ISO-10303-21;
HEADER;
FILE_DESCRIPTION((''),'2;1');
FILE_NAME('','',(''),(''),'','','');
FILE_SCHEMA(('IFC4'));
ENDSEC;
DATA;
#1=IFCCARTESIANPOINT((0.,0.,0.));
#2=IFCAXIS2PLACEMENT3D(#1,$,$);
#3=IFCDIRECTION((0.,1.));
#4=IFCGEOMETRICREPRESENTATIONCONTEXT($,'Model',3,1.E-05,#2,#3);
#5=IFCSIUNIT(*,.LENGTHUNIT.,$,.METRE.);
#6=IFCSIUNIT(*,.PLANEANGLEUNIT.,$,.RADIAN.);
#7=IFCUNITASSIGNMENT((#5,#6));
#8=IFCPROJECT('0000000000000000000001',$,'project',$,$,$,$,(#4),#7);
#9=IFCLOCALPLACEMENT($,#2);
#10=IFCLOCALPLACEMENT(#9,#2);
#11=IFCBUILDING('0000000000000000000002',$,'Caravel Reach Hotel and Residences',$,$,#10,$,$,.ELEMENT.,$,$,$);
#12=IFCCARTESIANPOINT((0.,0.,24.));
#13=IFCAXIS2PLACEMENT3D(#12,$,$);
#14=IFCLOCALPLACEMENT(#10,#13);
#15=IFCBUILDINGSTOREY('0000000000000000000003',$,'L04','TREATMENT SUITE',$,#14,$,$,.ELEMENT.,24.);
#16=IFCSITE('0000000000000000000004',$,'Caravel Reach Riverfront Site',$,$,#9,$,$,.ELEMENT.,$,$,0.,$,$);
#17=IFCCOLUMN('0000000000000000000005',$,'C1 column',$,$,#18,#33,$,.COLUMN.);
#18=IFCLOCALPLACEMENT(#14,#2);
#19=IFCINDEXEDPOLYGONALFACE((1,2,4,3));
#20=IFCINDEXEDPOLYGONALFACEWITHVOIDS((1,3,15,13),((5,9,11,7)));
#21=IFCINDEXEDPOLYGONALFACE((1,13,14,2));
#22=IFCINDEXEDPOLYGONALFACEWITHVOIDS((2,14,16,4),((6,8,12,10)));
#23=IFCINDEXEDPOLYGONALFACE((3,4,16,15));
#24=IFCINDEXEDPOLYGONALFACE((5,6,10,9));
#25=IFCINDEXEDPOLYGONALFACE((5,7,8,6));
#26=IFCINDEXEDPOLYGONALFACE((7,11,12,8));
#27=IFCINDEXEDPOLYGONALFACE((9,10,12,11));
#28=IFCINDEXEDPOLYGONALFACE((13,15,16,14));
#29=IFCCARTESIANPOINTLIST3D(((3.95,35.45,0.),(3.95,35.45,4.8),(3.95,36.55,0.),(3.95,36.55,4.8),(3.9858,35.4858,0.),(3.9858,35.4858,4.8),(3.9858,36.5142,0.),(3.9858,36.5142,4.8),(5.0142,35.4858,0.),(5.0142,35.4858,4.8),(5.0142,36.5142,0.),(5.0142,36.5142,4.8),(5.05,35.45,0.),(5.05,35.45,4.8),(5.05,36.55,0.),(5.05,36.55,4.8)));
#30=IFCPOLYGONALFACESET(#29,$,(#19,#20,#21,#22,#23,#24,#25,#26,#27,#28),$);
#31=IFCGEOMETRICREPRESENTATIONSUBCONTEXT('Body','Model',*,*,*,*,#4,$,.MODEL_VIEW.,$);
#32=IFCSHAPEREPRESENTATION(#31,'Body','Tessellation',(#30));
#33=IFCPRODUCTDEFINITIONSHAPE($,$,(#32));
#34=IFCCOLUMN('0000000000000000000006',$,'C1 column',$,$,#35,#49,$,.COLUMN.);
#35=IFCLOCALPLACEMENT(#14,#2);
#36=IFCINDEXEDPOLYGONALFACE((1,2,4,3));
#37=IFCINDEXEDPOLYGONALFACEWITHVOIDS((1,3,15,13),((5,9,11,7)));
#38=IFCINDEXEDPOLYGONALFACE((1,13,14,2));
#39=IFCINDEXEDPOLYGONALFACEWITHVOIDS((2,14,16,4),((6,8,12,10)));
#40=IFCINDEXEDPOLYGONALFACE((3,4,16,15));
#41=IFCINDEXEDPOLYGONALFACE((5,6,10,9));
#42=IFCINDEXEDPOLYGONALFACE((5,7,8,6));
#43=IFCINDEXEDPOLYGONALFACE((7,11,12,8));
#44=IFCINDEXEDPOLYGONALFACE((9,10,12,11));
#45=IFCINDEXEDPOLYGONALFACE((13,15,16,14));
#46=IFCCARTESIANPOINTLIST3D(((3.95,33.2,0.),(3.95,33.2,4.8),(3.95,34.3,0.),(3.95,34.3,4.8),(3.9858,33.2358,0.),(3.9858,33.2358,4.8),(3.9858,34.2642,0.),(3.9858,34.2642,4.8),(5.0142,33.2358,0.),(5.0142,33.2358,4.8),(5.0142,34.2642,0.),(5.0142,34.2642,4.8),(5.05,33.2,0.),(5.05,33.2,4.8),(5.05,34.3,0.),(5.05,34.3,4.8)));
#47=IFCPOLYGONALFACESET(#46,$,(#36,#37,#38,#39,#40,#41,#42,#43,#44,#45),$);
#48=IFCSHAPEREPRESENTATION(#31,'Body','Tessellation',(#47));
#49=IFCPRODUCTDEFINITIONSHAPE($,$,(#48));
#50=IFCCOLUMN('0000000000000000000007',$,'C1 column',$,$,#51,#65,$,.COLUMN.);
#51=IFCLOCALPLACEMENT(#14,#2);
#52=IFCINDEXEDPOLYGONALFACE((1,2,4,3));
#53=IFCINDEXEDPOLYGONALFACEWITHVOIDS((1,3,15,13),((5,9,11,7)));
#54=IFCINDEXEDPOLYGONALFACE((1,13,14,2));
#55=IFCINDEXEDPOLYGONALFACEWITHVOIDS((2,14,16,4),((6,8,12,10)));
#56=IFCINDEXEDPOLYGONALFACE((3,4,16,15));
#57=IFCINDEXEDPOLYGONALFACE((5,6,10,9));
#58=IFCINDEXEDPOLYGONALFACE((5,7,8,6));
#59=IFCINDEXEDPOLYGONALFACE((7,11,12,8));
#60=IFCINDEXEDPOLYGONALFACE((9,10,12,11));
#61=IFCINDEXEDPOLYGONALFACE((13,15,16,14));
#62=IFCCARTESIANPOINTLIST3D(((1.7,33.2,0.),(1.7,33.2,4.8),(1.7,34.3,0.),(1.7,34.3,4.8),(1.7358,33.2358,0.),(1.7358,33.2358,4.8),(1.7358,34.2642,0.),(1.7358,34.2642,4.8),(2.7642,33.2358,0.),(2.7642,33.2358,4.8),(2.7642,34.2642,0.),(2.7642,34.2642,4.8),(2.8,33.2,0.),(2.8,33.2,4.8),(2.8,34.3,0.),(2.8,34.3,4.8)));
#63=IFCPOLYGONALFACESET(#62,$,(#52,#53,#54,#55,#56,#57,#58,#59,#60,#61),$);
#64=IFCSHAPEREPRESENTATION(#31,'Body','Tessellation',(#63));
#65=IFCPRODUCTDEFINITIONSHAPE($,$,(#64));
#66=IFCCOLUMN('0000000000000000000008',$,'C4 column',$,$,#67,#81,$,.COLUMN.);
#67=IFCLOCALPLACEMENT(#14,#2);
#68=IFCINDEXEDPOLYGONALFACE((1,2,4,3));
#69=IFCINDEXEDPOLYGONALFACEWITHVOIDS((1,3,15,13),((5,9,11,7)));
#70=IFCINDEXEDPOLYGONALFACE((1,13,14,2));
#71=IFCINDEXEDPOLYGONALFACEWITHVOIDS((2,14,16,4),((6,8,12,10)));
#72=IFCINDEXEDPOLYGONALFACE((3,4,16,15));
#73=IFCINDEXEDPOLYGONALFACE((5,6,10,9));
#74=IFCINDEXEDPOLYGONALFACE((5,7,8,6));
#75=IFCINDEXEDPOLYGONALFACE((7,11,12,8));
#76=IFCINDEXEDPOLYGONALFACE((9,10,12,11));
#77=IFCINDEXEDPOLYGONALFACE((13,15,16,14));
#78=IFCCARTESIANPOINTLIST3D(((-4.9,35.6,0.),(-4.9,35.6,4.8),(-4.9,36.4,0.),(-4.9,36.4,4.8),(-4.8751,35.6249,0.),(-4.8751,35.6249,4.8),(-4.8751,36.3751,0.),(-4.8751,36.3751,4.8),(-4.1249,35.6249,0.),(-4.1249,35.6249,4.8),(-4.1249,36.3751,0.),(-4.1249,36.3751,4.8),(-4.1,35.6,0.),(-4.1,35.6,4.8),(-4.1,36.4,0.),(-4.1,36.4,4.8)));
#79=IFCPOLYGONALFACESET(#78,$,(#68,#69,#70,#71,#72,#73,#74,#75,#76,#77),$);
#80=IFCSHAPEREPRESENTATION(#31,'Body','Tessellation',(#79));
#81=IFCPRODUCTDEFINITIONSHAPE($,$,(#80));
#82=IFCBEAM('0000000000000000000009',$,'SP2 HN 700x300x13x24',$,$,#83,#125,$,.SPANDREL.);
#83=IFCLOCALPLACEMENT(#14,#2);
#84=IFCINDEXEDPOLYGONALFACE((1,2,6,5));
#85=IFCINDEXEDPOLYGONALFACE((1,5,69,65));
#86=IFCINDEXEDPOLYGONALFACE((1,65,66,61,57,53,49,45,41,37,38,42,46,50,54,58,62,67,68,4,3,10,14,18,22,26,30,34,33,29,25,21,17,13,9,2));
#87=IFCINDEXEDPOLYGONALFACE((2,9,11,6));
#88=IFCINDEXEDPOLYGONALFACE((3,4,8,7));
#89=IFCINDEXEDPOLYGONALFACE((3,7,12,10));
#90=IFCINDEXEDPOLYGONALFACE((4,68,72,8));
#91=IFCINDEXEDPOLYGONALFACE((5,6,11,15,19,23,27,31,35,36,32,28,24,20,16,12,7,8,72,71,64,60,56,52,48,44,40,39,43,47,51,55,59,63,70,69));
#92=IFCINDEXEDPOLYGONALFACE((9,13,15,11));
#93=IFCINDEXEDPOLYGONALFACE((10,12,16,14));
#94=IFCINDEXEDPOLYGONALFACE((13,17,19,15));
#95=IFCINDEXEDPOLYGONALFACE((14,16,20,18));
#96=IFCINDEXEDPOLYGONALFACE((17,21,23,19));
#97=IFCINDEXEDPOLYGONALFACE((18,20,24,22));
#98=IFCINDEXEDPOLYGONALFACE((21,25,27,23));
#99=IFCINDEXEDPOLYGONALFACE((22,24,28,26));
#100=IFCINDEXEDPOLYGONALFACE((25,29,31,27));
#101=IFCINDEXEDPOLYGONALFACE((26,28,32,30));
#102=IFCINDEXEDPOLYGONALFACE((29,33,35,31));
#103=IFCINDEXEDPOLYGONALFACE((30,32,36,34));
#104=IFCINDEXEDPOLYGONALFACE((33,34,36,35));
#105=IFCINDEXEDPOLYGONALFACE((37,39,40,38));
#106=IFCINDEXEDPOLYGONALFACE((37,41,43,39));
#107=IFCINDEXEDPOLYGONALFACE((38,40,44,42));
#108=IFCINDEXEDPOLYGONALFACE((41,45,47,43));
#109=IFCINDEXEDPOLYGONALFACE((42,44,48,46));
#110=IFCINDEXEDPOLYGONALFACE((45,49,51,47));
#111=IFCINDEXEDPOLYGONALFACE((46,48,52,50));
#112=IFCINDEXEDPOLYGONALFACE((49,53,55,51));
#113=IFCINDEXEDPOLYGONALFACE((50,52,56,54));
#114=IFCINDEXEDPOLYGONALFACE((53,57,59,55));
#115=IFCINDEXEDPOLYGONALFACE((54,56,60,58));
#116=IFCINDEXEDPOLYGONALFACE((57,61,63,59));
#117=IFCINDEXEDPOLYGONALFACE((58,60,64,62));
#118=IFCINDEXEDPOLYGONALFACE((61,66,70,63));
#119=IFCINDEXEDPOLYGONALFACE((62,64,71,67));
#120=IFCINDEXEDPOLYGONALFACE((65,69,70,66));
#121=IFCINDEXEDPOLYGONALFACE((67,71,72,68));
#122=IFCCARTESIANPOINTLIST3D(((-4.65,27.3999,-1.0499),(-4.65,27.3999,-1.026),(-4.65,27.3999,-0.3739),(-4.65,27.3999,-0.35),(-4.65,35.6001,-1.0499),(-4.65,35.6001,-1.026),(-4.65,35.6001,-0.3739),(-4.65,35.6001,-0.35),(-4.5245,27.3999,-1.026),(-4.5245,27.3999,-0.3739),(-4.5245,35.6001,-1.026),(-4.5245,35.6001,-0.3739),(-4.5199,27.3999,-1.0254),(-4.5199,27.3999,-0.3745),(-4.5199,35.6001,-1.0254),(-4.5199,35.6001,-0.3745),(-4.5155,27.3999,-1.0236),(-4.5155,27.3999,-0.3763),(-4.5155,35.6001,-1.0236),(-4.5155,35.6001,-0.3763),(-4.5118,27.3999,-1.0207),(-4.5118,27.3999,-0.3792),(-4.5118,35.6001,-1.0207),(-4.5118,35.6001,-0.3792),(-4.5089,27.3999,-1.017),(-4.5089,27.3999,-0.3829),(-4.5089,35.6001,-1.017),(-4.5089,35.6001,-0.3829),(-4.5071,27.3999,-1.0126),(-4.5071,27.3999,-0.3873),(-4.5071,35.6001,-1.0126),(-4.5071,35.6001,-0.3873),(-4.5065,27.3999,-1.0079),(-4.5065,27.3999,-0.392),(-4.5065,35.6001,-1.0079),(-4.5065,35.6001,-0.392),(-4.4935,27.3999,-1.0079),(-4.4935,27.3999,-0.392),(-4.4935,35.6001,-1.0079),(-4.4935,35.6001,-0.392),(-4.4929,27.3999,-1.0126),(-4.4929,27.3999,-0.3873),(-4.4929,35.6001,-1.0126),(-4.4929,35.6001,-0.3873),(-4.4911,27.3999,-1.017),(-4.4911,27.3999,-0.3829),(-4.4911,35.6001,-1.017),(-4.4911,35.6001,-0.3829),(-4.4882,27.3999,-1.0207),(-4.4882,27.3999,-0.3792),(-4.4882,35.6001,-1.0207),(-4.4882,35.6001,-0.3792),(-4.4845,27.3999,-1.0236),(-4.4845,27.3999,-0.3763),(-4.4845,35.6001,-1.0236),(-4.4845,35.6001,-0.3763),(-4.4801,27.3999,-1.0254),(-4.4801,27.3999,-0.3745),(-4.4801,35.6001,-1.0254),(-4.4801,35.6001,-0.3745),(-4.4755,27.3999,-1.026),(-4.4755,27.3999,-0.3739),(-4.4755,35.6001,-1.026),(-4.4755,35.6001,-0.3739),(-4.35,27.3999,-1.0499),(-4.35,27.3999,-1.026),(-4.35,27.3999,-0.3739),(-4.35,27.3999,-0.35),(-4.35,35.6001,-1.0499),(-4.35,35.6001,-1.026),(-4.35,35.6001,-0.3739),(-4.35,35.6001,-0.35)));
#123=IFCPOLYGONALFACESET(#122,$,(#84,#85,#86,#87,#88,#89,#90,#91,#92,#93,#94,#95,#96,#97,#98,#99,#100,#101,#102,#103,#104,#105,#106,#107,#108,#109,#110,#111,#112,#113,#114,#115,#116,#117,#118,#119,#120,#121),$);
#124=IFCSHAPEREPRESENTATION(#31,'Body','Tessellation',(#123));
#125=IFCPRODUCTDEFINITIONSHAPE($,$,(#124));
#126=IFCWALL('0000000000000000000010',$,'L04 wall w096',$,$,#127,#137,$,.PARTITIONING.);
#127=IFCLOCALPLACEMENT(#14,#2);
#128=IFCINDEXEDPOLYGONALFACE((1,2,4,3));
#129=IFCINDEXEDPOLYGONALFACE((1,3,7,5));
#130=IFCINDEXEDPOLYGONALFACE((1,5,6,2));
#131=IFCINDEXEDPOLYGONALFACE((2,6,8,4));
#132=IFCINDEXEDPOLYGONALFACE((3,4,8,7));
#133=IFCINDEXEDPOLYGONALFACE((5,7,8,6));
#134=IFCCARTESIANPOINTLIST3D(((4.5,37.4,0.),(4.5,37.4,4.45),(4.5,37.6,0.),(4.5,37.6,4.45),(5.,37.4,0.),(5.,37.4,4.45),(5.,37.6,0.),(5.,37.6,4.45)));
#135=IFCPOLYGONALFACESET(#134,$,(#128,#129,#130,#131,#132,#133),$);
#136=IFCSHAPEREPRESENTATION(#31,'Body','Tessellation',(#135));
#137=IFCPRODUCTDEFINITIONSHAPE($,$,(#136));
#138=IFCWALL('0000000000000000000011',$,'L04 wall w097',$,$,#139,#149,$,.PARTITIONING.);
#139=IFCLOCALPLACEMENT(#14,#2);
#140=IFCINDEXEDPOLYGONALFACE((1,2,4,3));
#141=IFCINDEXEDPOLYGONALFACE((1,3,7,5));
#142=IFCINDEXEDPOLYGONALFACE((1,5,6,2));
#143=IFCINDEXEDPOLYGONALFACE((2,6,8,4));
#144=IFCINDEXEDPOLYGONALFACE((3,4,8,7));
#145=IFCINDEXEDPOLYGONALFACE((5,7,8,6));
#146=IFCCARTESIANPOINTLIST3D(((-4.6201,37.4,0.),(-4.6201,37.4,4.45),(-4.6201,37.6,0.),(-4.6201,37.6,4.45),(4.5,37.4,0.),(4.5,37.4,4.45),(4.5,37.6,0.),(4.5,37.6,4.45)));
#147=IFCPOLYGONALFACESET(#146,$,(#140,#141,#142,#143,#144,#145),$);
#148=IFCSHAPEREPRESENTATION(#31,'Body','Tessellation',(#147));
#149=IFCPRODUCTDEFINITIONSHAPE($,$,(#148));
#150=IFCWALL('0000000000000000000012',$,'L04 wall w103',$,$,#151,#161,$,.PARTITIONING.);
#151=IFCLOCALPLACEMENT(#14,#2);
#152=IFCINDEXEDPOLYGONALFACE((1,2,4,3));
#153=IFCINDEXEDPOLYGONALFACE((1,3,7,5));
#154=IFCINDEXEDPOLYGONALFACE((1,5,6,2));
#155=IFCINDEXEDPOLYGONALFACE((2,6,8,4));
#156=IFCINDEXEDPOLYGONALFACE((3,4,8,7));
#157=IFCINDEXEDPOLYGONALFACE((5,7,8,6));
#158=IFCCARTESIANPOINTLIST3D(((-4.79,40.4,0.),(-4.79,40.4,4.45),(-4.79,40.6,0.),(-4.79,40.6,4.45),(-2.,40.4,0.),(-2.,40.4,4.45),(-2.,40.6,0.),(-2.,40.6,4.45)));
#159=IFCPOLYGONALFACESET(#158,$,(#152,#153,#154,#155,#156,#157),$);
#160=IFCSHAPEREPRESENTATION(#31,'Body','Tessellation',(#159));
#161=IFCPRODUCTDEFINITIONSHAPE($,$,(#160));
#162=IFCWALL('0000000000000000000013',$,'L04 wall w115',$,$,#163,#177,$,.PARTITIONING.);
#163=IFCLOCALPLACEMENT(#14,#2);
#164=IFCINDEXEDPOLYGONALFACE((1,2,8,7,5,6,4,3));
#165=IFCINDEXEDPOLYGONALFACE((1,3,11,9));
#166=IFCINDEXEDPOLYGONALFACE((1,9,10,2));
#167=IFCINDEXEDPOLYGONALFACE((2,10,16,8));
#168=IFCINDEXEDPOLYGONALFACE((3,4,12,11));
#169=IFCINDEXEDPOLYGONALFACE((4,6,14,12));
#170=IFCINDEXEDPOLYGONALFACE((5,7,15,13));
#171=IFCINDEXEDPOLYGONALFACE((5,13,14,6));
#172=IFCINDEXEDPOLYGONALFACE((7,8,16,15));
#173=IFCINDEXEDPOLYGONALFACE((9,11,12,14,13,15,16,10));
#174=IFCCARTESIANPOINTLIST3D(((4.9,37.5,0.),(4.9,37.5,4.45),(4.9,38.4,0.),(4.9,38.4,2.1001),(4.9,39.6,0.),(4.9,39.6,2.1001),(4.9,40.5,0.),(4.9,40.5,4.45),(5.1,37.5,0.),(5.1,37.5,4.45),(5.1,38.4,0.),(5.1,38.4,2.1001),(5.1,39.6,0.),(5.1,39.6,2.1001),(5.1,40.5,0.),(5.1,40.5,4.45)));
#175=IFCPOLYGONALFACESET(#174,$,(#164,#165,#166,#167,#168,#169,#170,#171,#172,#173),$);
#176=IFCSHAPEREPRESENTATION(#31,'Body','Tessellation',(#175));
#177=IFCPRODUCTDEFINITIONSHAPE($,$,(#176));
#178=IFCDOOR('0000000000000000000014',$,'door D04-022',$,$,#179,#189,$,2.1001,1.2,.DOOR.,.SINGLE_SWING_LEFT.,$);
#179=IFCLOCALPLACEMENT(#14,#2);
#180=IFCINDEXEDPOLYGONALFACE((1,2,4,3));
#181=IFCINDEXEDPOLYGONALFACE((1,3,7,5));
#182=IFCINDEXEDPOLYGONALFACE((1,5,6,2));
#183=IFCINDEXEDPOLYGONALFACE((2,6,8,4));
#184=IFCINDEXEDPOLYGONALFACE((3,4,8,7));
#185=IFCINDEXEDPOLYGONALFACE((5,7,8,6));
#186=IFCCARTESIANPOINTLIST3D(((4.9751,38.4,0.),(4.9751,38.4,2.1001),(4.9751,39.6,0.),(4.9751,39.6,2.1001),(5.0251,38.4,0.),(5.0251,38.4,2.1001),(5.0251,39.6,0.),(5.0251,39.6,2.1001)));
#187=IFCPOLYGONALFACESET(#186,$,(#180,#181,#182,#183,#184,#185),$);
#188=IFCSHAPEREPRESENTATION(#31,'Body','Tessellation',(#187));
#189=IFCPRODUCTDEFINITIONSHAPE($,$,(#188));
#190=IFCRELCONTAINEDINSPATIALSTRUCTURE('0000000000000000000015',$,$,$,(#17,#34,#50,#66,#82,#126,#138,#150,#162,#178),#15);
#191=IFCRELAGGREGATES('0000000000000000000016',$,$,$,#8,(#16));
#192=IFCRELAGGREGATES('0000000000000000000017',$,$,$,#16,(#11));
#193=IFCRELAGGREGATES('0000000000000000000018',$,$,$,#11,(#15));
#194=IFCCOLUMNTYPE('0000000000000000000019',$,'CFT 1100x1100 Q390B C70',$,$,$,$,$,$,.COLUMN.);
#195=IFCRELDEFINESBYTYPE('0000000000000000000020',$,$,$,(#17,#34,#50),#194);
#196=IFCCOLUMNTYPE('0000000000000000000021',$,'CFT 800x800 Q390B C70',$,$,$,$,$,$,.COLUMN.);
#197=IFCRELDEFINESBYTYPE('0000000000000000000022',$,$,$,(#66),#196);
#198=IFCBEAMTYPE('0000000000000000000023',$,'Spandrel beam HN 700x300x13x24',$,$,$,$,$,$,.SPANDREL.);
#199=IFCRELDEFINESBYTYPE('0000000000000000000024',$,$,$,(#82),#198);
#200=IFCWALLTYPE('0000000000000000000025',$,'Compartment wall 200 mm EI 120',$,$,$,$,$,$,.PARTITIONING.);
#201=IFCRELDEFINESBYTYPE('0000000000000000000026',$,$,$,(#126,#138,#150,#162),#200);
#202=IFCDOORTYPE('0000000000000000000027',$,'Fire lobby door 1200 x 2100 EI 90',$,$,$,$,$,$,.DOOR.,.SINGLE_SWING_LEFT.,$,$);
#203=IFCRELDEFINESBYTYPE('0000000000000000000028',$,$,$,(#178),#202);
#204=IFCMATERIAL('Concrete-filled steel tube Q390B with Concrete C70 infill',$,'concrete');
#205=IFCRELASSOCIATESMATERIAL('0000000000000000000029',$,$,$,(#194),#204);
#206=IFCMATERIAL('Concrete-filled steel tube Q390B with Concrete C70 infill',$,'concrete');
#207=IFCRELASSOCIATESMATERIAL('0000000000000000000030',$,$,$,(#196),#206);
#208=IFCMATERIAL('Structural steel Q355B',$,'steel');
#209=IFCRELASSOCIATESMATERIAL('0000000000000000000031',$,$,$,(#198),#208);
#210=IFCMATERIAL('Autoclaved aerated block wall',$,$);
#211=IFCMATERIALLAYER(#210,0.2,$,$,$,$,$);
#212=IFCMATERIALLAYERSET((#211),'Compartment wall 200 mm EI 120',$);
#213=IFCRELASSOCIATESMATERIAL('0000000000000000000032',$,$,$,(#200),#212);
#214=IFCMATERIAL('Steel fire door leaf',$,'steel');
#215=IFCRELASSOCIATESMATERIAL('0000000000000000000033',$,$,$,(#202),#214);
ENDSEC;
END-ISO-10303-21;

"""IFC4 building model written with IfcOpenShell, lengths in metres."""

from ifc_helpers import new_model, si_unit, direction, frame, frame_2d, origin, origin_2d, place, context, subcontext, project, spatial, rectangle, hollow_rectangle, i_section, extrude, material, layer, layer_set, material_profile, profile_set, type_object, element, fill, save


model = new_model("IFC4")

# Units and contexts
model_context = context("Model", 3, precision=1e-05, world=origin(), true_north=direction((0.0, 1.0)))
body_context = subcontext(model_context, "Body", "Model", "MODEL_VIEW")
ifc_project = project(units=[si_unit("LENGTHUNIT", "METRE"), si_unit("PLANEANGLEUNIT", "RADIAN")], contexts=[model_context])

# Site, building, storey
site_placement = place(None, origin())
site = spatial("IfcSite", under=ifc_project, at=site_placement, Name="Caravel Reach Riverfront Site", CompositionType="ELEMENT", RefElevation=0.0)
building_placement = place(site_placement, origin())
building = spatial("IfcBuilding", under=site, at=building_placement, Name="Caravel Reach Hotel and Residences", CompositionType="ELEMENT")
storey_placement = place(building_placement, frame((0.0, 0.0, 24.0)))
storey = spatial("IfcBuildingStorey", under=building, at=storey_placement, Name="L04", Description="TREATMENT SUITE", CompositionType="ELEMENT", Elevation=24.0)

# Columns
ifc_material_1 = material(Name="Concrete-filled steel tube Q390B with Concrete C70 infill", Category="concrete")
ifc_material_profile_1 = material_profile(ifc_material_1, hollow_rectangle(XDim=1.1001, YDim=1.1001, WallThickness=0.0359, at=origin_2d()), Name="RHS 1100x1100x36")
ifc_profile_set_1 = profile_set([ifc_material_profile_1], Name="Concrete-filled steel tube Q390B with Concrete C70 infill")
column_type_1 = type_object("IfcColumnType", Name="CFT 1100x1100 Q390B C70", PredefinedType="COLUMN", material=ifc_profile_set_1)
for number, where, z_axis, x_axis, name in (
    (1, (4.5, 36.0, 0.0), (0.0, 0.0, 1.0), (1.0, 0.0, 0.0), "C1 column"),
    (2, (4.5, 33.75, 0.0), (0.0, 0.0, 1.0), (1.0, 0.0, 0.0), "C1 column"),
    (3, (2.25, 33.75, 0.0), (0.0, 0.0, 1.0), (1.0, 0.0, 0.0), "C1 column"),
):
    element("IfcColumn", number, at=place(storey_placement, frame(where, z_axis=z_axis, x_axis=x_axis)), inside=storey, type_object=column_type_1, Name=name, PredefinedType="COLUMN", context=body_context, shape_type="SweptSolid", body=[
        extrude(hollow_rectangle(XDim=1.1001, YDim=1.1001, WallThickness=0.0359, at=origin_2d()), origin(), (0.0, 0.0, 1.0), 4.8),
    ])
ifc_material_2 = material(Name="Concrete-filled steel tube Q390B with Concrete C70 infill", Category="concrete")
ifc_material_profile_2 = material_profile(ifc_material_2, hollow_rectangle(XDim=0.8, YDim=0.8, WallThickness=0.0249, at=origin_2d()), Name="RHS 800x800x25")
ifc_profile_set_2 = profile_set([ifc_material_profile_2], Name="Concrete-filled steel tube Q390B with Concrete C70 infill")
column_type_2 = type_object("IfcColumnType", Name="CFT 800x800 Q390B C70", PredefinedType="COLUMN", material=ifc_profile_set_2)
column_placement = place(storey_placement, frame((-4.5, 36.0, 0.0), z_axis=(0.0, 0.0, 1.0), x_axis=(1.0, 0.0, 0.0)))
element("IfcColumn", 4, at=column_placement, inside=storey, type_object=column_type_2, Name="C4 column", PredefinedType="COLUMN", context=body_context, shape_type="SweptSolid", body=[
    extrude(hollow_rectangle(XDim=0.8, YDim=0.8, WallThickness=0.0249, at=origin_2d()), origin(), (0.0, 0.0, 1.0), 4.8),
])

# Beam
ifc_material_3 = material(Name="Structural steel Q355B", Category="steel")
ifc_material_profile_3 = material_profile(ifc_material_3, i_section(OverallWidth=0.3, OverallDepth=0.7, WebThickness=0.0129, FlangeThickness=0.0239, FilletRadius=0.0181, at=origin_2d()), Name="HN 700x300x13x24")
ifc_profile_set_3 = profile_set([ifc_material_profile_3], Name="Structural steel Q355B")
beam_type = type_object("IfcBeamType", Name="Spandrel beam HN 700x300x13x24", PredefinedType="SPANDREL", material=ifc_profile_set_3)
beam_placement = place(storey_placement, frame((-4.5, 35.6001, -0.7), z_axis=(0.0, -1.0, 0.0), x_axis=(1.0, 0.0, 0.0)))
element("IfcBeam", 5, at=beam_placement, inside=storey, type_object=beam_type, Name="SP2 HN 700x300x13x24", PredefinedType="SPANDREL", context=body_context, shape_type="SweptSolid", body=[
    extrude(i_section(OverallWidth=0.3, OverallDepth=0.7, WebThickness=0.0129, FlangeThickness=0.0239, FilletRadius=0.0181, at=origin_2d()), origin(), (0.0, 0.0, 1.0), 8.2002),
])

# Walls
ifc_material_4 = material(Name="Autoclaved aerated block wall")
ifc_layer_1 = layer(ifc_material_4, 0.2)
ifc_layer_set_1 = layer_set([ifc_layer_1], Name="Compartment wall 200 mm EI 120")
wall_type_1 = type_object("IfcWallType", Name="Compartment wall 200 mm EI 120", PredefinedType="PARTITIONING", material=ifc_layer_set_1)
wall_1_placement = place(storey_placement, frame((4.5, 37.5, 0.0), z_axis=(0.0, 0.0, 1.0), x_axis=(1.0, 0.0, 0.0)))
element("IfcWall", 6, at=wall_1_placement, inside=storey, type_object=wall_type_1, Name="L04 wall w096", PredefinedType="PARTITIONING", context=body_context, shape_type="SweptSolid", body=[
    extrude(rectangle(XDim=0.5, YDim=0.2, at=frame_2d((0.25, 0.0))), origin(), (0.0, 0.0, 1.0), 4.45),
])
wall_2_placement = place(storey_placement, frame((-4.6201, 37.5, 0.0), z_axis=(0.0, 0.0, 1.0), x_axis=(1.0, 0.0, 0.0)))
element("IfcWall", 7, at=wall_2_placement, inside=storey, type_object=wall_type_1, Name="L04 wall w097", PredefinedType="PARTITIONING", context=body_context, shape_type="SweptSolid", body=[
    extrude(rectangle(XDim=9.1201, YDim=0.2, at=frame_2d((4.5601, 0.0))), origin(), (0.0, 0.0, 1.0), 4.45),
])
wall_3_placement = place(storey_placement, frame((-4.79, 40.5, 0.0), z_axis=(0.0, 0.0, 1.0), x_axis=(1.0, 0.0, 0.0)))
element("IfcWall", 8, at=wall_3_placement, inside=storey, type_object=wall_type_1, Name="L04 wall w103", PredefinedType="PARTITIONING", context=body_context, shape_type="SweptSolid", body=[
    extrude(rectangle(XDim=2.79, YDim=0.2, at=frame_2d((1.395, 0.0))), origin(), (0.0, 0.0, 1.0), 4.45),
])

# Wall, opening, door
wall_4_placement = place(storey_placement, frame((5.0, 37.5, 0.0), z_axis=(0.0, 0.0, 1.0), x_axis=(0.0, 1.0, 0.0)))
wall_4 = element("IfcWall", 9, at=wall_4_placement, inside=storey, type_object=wall_type_1, Name="L04 wall w115", PredefinedType="PARTITIONING", context=body_context, shape_type="SweptSolid", body=[
    extrude(rectangle(XDim=3.0, YDim=0.2, at=frame_2d((1.5, 0.0))), origin(), (0.0, 0.0, 1.0), 4.45),
])
opening_1_placement = place(wall_4_placement, frame((0.8999, 0.0, 0.0)))
opening_1 = element("IfcOpeningElement", 10, at=opening_1_placement, cuts=wall_4, PredefinedType="OPENING", context=body_context, shape_type="SweptSolid", body=[
    extrude(rectangle(XDim=1.2, YDim=2.1001, at=frame_2d((0.6001, 1.05))), frame((0.0, 0.1099, 0.0), z_axis=(0.0, -1.0, 0.0), x_axis=(1.0, 0.0, 0.0)), (0.0, 0.0, 1.0), 0.22),
])
ifc_material_5 = material(Name="Steel fire door leaf", Category="steel")
door_type_1 = type_object("IfcDoorType", Name="Fire lobby door 1200 x 2100 EI 90", OperationType="SINGLE_SWING_LEFT", PredefinedType="DOOR", material=ifc_material_5)
door_1_placement = place(opening_1_placement, origin())
door_1 = element("IfcDoor", 11, at=door_1_placement, inside=storey, type_object=door_type_1, Name="door D04-022", OperationType="SINGLE_SWING_LEFT", OverallHeight=2.1001, OverallWidth=1.2, PredefinedType="DOOR", context=body_context, shape_type="SweptSolid", body=[
    extrude(rectangle(XDim=1.2, YDim=2.1001, at=frame_2d((0.6001, 1.05))), frame((0.0, 0.0249, 0.0), z_axis=(0.0, -1.0, 0.0), x_axis=(1.0, 0.0, 0.0)), (0.0, 0.0, 1.0), 0.05),
])
fill(opening_1, door_1)

save(model, "model.ifc")
